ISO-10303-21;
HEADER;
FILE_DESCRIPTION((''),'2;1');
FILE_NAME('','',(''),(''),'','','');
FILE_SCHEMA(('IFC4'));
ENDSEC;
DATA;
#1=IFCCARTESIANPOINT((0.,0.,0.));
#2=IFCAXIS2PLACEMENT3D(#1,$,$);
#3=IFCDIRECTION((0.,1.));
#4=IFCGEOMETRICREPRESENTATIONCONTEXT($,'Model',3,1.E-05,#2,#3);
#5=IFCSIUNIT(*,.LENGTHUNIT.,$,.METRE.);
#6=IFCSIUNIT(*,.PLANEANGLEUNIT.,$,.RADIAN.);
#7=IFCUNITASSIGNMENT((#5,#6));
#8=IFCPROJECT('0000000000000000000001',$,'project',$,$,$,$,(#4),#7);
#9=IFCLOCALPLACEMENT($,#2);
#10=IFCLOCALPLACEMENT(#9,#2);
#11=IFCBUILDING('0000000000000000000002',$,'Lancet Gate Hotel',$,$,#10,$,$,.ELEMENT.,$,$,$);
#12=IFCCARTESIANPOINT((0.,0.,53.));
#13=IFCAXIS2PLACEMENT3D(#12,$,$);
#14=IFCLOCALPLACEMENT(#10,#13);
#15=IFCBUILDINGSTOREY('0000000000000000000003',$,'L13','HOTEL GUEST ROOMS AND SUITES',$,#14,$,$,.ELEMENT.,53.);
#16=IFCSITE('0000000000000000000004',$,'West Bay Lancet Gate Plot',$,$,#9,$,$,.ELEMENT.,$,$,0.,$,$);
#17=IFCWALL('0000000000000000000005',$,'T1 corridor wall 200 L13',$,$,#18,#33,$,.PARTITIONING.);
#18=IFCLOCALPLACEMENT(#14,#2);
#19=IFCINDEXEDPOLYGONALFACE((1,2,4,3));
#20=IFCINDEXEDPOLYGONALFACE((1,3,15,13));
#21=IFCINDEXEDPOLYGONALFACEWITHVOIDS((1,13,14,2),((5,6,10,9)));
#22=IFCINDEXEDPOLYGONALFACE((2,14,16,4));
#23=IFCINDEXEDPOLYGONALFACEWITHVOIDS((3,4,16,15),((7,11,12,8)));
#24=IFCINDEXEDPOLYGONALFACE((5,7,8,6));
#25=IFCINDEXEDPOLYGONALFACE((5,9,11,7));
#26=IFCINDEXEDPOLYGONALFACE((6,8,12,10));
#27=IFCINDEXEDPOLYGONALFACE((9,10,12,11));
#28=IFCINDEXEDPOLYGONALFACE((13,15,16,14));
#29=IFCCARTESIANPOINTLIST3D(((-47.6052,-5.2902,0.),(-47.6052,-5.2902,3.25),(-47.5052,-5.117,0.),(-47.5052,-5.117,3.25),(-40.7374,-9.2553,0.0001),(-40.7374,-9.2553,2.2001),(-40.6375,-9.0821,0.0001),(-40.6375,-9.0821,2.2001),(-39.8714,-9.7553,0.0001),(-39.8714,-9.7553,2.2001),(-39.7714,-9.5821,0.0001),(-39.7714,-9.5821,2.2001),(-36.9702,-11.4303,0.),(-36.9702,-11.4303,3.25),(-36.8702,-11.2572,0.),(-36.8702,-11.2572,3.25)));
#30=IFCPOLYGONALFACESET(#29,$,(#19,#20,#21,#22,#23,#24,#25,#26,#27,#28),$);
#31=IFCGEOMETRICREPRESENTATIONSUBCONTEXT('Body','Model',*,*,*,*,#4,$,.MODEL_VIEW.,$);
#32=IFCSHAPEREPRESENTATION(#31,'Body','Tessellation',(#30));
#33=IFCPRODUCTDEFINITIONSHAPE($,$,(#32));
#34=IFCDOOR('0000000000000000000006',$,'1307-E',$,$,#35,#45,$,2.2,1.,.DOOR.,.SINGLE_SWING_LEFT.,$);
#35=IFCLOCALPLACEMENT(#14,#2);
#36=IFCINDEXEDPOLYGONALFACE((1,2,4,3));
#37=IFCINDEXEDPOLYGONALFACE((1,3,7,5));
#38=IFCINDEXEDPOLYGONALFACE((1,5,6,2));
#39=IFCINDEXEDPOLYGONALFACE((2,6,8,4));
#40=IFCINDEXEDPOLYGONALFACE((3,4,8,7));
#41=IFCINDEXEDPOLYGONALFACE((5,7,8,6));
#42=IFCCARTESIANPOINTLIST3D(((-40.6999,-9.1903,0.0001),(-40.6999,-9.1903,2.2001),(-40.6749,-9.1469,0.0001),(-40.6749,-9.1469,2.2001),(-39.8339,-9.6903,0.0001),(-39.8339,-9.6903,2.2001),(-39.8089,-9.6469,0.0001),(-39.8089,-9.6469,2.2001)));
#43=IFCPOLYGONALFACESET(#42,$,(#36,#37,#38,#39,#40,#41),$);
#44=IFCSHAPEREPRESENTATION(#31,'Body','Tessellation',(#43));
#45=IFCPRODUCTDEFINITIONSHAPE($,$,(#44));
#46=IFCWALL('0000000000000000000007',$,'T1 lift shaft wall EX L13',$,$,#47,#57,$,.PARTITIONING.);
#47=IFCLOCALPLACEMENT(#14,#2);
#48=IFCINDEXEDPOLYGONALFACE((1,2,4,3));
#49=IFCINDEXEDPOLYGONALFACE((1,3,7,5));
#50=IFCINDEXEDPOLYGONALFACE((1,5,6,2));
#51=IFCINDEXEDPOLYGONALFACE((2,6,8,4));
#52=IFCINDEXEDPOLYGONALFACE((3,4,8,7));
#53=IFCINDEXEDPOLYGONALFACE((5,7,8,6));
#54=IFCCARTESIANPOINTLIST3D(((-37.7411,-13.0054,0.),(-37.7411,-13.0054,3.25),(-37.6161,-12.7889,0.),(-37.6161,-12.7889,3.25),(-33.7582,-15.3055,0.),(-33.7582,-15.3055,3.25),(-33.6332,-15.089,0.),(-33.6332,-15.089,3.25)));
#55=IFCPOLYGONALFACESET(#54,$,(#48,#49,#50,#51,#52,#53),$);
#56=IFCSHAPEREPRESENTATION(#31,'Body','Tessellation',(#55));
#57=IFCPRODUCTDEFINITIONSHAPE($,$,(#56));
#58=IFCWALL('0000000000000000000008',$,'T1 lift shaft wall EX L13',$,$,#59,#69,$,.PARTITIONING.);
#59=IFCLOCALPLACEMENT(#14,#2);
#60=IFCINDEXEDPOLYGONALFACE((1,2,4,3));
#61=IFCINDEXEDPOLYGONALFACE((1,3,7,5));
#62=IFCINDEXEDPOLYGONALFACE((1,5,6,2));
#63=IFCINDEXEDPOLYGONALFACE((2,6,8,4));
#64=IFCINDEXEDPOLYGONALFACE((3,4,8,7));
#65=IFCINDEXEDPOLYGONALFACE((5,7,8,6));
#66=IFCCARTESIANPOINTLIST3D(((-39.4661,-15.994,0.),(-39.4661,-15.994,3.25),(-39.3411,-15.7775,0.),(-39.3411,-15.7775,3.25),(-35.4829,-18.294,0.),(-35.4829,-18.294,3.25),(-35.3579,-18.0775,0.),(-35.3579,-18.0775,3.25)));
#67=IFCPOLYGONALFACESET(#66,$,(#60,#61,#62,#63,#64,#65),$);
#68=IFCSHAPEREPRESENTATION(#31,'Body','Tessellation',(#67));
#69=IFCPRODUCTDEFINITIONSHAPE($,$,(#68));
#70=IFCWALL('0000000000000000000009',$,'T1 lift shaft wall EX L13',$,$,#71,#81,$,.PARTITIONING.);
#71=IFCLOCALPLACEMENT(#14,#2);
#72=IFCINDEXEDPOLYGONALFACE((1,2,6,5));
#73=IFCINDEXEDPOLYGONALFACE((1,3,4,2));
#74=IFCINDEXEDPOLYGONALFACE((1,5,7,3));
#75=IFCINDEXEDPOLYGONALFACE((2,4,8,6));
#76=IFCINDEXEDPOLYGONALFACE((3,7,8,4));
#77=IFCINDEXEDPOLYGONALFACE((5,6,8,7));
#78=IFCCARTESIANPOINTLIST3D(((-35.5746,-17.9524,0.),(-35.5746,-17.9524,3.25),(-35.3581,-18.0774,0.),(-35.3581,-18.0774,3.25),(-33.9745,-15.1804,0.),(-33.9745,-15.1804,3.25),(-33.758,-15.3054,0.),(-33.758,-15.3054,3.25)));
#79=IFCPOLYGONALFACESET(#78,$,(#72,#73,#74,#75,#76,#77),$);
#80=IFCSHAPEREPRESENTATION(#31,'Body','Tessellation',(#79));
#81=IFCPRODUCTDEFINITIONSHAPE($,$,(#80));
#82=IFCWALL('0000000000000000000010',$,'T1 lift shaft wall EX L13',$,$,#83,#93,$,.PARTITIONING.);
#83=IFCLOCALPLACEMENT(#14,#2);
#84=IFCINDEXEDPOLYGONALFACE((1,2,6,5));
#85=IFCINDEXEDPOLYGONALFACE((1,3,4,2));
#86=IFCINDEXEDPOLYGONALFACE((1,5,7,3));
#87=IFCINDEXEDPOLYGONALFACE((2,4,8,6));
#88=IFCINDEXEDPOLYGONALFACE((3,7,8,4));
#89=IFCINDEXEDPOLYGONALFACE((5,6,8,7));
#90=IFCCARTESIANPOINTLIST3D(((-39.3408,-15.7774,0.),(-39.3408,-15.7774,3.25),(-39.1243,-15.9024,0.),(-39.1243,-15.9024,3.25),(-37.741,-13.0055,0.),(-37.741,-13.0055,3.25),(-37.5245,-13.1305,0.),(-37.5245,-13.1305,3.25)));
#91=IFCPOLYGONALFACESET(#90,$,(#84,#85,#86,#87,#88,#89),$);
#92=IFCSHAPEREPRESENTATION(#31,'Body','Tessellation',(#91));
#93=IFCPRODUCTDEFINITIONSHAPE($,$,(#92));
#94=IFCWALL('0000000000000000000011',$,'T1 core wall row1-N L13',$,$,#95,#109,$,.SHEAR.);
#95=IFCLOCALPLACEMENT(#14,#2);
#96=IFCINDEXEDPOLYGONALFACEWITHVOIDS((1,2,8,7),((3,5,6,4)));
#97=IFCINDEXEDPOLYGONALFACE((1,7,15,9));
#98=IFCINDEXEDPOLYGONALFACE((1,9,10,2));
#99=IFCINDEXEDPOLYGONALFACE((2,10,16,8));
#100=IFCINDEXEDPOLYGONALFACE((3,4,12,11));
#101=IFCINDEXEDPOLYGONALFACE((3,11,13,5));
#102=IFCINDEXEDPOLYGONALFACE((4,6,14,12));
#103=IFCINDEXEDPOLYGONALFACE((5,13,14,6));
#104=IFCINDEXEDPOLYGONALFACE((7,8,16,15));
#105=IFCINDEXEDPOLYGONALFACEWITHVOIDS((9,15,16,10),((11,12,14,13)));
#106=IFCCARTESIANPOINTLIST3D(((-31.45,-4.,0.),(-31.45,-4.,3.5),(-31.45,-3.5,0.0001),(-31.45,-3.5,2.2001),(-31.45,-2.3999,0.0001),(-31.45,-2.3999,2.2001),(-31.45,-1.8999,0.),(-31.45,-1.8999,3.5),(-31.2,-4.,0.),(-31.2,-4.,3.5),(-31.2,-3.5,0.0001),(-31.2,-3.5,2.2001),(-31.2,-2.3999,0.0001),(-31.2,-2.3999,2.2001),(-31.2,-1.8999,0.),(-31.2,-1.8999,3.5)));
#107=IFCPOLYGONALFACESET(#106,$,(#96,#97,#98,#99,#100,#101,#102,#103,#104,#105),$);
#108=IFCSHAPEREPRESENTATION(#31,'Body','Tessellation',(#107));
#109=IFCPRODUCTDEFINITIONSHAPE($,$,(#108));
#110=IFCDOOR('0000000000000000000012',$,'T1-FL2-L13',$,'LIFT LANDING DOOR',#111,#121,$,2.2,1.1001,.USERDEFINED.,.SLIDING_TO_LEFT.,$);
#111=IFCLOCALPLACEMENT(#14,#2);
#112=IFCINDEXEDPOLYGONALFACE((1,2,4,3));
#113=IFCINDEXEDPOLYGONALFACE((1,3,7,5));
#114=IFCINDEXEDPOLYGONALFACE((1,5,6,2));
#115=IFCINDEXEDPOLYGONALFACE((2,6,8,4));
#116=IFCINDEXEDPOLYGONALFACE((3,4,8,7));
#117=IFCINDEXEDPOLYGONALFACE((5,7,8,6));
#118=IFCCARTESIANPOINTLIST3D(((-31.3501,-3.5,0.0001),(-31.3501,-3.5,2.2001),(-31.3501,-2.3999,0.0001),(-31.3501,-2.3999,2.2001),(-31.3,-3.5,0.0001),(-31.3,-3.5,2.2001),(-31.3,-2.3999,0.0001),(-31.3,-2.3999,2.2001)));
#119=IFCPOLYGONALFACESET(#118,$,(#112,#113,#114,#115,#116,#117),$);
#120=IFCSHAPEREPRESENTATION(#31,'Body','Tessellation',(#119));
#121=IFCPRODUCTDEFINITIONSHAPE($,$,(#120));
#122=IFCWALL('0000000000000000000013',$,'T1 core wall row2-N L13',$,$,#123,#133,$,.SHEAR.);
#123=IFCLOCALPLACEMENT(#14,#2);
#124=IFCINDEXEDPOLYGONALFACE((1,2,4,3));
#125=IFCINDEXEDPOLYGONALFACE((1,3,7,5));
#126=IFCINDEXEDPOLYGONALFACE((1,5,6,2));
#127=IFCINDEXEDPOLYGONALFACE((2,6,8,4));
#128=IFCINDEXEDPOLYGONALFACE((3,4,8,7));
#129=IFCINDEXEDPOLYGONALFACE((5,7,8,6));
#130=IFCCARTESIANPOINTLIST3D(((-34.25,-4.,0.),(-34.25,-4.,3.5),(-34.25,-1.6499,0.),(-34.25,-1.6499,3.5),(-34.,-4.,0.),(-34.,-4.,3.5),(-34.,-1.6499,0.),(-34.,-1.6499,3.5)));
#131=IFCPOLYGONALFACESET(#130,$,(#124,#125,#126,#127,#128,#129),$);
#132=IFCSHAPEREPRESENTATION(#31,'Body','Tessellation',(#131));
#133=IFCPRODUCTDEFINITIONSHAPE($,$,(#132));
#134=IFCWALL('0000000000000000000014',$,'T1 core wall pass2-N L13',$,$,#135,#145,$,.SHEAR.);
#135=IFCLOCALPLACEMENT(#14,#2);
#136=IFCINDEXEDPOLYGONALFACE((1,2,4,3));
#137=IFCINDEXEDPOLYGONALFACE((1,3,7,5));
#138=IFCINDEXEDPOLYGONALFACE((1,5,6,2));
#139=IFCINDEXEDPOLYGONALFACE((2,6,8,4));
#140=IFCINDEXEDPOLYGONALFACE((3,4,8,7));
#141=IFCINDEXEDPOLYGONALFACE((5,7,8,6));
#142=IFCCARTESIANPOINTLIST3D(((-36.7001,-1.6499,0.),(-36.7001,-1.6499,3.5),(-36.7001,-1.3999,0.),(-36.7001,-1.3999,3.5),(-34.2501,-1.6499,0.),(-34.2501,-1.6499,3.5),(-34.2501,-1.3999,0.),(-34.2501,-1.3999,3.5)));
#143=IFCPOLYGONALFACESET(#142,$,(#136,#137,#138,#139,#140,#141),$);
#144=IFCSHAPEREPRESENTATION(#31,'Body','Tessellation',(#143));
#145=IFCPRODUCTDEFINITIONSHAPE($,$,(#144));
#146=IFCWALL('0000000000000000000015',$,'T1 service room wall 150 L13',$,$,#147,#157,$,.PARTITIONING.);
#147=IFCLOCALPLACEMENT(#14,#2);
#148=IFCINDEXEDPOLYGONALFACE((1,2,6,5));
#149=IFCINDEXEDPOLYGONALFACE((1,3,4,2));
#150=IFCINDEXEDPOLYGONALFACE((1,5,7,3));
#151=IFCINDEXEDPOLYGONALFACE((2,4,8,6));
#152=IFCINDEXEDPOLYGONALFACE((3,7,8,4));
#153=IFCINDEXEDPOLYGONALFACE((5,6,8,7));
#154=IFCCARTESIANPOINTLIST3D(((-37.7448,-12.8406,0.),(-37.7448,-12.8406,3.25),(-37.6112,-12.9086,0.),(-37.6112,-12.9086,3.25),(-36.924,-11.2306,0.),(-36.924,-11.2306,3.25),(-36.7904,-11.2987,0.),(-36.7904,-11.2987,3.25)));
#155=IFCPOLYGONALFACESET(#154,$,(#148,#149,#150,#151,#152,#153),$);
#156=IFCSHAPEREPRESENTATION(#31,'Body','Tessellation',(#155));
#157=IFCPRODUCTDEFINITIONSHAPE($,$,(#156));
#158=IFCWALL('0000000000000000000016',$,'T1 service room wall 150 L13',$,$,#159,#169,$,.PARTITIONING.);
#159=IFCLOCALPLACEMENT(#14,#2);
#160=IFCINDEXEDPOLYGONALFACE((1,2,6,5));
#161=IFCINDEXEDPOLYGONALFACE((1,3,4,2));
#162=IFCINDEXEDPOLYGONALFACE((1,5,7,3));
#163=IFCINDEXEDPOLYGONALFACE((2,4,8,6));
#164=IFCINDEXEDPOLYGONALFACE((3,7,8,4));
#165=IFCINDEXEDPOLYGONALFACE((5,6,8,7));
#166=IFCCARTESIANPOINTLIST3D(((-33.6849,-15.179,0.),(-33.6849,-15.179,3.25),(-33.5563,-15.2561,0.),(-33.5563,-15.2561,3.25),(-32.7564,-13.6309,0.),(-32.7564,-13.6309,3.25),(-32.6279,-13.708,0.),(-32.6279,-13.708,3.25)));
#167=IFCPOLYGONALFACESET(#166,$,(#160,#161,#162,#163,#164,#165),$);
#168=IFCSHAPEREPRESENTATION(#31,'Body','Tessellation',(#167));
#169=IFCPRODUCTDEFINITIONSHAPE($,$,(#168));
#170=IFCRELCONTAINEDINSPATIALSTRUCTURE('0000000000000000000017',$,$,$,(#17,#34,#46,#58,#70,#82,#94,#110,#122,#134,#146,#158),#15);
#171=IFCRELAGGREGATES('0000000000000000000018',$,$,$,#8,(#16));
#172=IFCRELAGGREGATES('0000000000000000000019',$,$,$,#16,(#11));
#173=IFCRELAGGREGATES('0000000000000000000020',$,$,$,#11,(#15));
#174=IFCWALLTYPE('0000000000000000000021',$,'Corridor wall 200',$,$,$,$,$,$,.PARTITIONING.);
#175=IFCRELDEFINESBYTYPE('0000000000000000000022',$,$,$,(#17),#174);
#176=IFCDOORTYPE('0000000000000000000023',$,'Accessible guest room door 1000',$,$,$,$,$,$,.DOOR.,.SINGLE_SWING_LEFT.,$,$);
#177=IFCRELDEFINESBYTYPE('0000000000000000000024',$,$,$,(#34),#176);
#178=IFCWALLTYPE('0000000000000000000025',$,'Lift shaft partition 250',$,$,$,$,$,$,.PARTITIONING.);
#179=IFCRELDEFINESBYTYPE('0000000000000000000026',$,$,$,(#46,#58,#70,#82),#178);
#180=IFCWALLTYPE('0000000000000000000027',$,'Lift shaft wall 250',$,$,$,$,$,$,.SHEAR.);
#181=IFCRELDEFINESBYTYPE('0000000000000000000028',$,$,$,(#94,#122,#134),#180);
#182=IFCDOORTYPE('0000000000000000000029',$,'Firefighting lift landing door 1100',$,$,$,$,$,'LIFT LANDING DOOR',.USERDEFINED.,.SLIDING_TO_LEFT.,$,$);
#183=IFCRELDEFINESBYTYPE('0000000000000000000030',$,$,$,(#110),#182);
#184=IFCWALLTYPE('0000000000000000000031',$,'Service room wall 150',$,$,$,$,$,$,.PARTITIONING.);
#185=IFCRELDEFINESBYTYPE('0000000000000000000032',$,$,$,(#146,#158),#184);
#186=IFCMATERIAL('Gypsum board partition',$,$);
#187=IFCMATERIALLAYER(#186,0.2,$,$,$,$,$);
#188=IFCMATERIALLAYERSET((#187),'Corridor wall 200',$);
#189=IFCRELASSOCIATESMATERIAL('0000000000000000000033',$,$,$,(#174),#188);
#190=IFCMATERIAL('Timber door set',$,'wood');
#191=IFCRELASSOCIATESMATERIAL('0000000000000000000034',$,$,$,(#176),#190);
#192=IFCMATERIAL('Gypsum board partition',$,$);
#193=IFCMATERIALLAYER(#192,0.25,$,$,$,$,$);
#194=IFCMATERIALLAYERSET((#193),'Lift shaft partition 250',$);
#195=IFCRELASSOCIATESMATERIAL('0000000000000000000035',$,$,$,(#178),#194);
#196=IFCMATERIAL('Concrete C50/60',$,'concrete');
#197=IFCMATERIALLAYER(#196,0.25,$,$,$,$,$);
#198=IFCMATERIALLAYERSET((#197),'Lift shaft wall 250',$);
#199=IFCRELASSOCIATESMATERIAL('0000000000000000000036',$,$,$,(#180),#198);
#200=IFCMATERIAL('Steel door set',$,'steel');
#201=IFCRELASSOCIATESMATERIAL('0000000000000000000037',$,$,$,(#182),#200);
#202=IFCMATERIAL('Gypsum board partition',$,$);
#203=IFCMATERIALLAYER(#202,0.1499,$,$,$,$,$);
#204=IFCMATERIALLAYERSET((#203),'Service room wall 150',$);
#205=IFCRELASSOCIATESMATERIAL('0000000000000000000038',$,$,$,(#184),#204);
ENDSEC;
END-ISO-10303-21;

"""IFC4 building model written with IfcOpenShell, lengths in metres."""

from ifc_helpers import new_model, si_unit, direction, frame, frame_2d, origin, place, context, subcontext, project, spatial, rectangle, extrude, material, layer, layer_set, type_object, element, fill, save


model = new_model("IFC4")

# Units and contexts
model_context = context("Model", 3, precision=1e-05, world=origin(), true_north=direction((0.0, 1.0)))
body_context = subcontext(model_context, "Body", "Model", "MODEL_VIEW")
ifc_project = project(units=[si_unit("LENGTHUNIT", "METRE"), si_unit("PLANEANGLEUNIT", "RADIAN")], contexts=[model_context])

# Site, building, storey
site_placement = place(None, origin())
site = spatial("IfcSite", under=ifc_project, at=site_placement, Name="West Bay Lancet Gate Plot", CompositionType="ELEMENT", RefElevation=0.0)
building_placement = place(site_placement, origin())
building = spatial("IfcBuilding", under=site, at=building_placement, Name="Lancet Gate Hotel", CompositionType="ELEMENT")
storey_placement = place(building_placement, frame((0.0, 0.0, 53.0)))
storey = spatial("IfcBuildingStorey", under=building, at=storey_placement, Name="L13", Description="HOTEL GUEST ROOMS AND SUITES", CompositionType="ELEMENT", Elevation=53.0)

# Wall, opening, door
ifc_material_1 = material(Name="Gypsum board partition")
ifc_layer_1 = layer(ifc_material_1, 0.2)
ifc_layer_set_1 = layer_set([ifc_layer_1], Name="Corridor wall 200")
wall_type_1 = type_object("IfcWallType", Name="Corridor wall 200", PredefinedType="PARTITIONING", material=ifc_layer_set_1)
wall_1_placement = place(storey_placement, frame((-36.9202, -11.3438, 0.0), z_axis=(0.0, 0.0, 1.0), x_axis=(-0.866025, 0.500001, 0.0)))
wall_1 = element("IfcWall", 1, at=wall_1_placement, inside=storey, type_object=wall_type_1, Name="T1 corridor wall 200 L13", PredefinedType="PARTITIONING", context=body_context, shape_type="SweptSolid", body=[
    extrude(rectangle(XDim=12.2803, YDim=0.2, at=frame_2d((6.1401, 0.0))), origin(), (0.0, 0.0, 1.0), 3.25),
])
opening_1_placement = place(wall_1_placement, frame((3.3501, 0.0, 0.0)))
opening_1 = element("IfcOpeningElement", 2, at=opening_1_placement, cuts=wall_1, PredefinedType="OPENING", context=body_context, shape_type="SweptSolid", body=[
    extrude(rectangle(XDim=1.0, YDim=2.2, at=frame_2d((0.5, 1.1001))), frame((0.0, 0.1099, 0.0), z_axis=(0.0, -1.0, 0.0), x_axis=(1.0, 0.0, 0.0)), (0.0, 0.0, 1.0), 0.22),
])
ifc_material_2 = material(Name="Timber door set", Category="wood")
door_type_1 = type_object("IfcDoorType", Name="Accessible guest room door 1000", OperationType="SINGLE_SWING_LEFT", PredefinedType="DOOR", material=ifc_material_2)
door_1_placement = place(opening_1_placement, origin())
door_1 = element("IfcDoor", 3, at=door_1_placement, inside=storey, type_object=door_type_1, Name="1307-E", OperationType="SINGLE_SWING_LEFT", OverallHeight=2.2, OverallWidth=1.0, PredefinedType="DOOR", context=body_context, shape_type="SweptSolid", body=[
    extrude(rectangle(XDim=1.0, YDim=2.2, at=frame_2d((0.5, 1.1001))), frame((0.0, 0.0249, 0.0), z_axis=(0.0, -1.0, 0.0), x_axis=(1.0, 0.0, 0.0)), (0.0, 0.0, 1.0), 0.05),
])
fill(opening_1, door_1)

# Walls
ifc_material_3 = material(Name="Gypsum board partition")
ifc_layer_2 = layer(ifc_material_3, 0.25)
ifc_layer_set_2 = layer_set([ifc_layer_2], Name="Lift shaft partition 250")
wall_type_2 = type_object("IfcWallType", Name="Lift shaft partition 250", PredefinedType="PARTITIONING", material=ifc_layer_set_2)
wall_2_placement = place(storey_placement, frame((-33.6956, -15.1973, 0.0), z_axis=(0.0, 0.0, 1.0), x_axis=(-0.865977, 0.500084, 0.0)))
element("IfcWall", 4, at=wall_2_placement, inside=storey, type_object=wall_type_2, Name="T1 lift shaft wall EX L13", PredefinedType="PARTITIONING", context=body_context, shape_type="SweptSolid", body=[
    extrude(rectangle(XDim=4.5994, YDim=0.25, at=frame_2d((2.2998, 0.0))), origin(), (0.0, 0.0, 1.0), 3.25),
])
wall_3_placement = place(storey_placement, frame((-35.4204, -18.1858, 0.0), z_axis=(0.0, 0.0, 1.0), x_axis=(-0.86599, 0.500061, 0.0)))
element("IfcWall", 5, at=wall_3_placement, inside=storey, type_object=wall_type_2, Name="T1 lift shaft wall EX L13", PredefinedType="PARTITIONING", context=body_context, shape_type="SweptSolid", body=[
    extrude(rectangle(XDim=4.5996, YDim=0.25, at=frame_2d((2.2998, 0.0))), origin(), (0.0, 0.0, 1.0), 3.25),
])
wall_4_placement = place(storey_placement, frame((-33.8662, -15.2429, 0.0), z_axis=(0.0, 0.0, 1.0), x_axis=(-0.499929, -0.866066, 0.0)))
element("IfcWall", 6, at=wall_4_placement, inside=storey, type_object=wall_type_2, Name="T1 lift shaft wall EX L13", PredefinedType="PARTITIONING", context=body_context, shape_type="SweptSolid", body=[
    extrude(rectangle(XDim=3.2007, YDim=0.25, at=frame_2d((1.6003, 0.0))), origin(), (0.0, 0.0, 1.0), 3.25),
])
wall_5_placement = place(storey_placement, frame((-37.6328, -13.0681, 0.0), z_axis=(0.0, 0.0, 1.0), x_axis=(-0.499872, -0.866099, 0.0)))
element("IfcWall", 7, at=wall_5_placement, inside=storey, type_object=wall_type_2, Name="T1 lift shaft wall EX L13", PredefinedType="PARTITIONING", context=body_context, shape_type="SweptSolid", body=[
    extrude(rectangle(XDim=3.2004, YDim=0.25, at=frame_2d((1.6001, 0.0))), origin(), (0.0, 0.0, 1.0), 3.25),
])

# Wall, opening, door
ifc_material_4 = material(Name="Concrete C50/60", Category="concrete")
ifc_layer_3 = layer(ifc_material_4, 0.25)
ifc_layer_set_3 = layer_set([ifc_layer_3], Name="Lift shaft wall 250")
wall_type_3 = type_object("IfcWallType", Name="Lift shaft wall 250", PredefinedType="SHEAR", material=ifc_layer_set_3)
wall_6_placement = place(storey_placement, frame((-31.325, -1.8999, 0.0), z_axis=(0.0, 0.0, 1.0), x_axis=(0.0, -1.0, 0.0)))
wall_6 = element("IfcWall", 8, at=wall_6_placement, inside=storey, type_object=wall_type_3, Name="T1 core wall row1-N L13", PredefinedType="SHEAR", context=body_context, shape_type="SweptSolid", body=[
    extrude(rectangle(XDim=2.1001, YDim=0.25, at=frame_2d((1.05, 0.0))), origin(), (0.0, 0.0, 1.0), 3.5),
])
opening_2_placement = place(wall_6_placement, frame((0.5, 0.0, 0.0)))
opening_2 = element("IfcOpeningElement", 9, at=opening_2_placement, cuts=wall_6, PredefinedType="OPENING", context=body_context, shape_type="SweptSolid", body=[
    extrude(rectangle(XDim=1.1001, YDim=2.2, at=frame_2d((0.55, 1.1001))), frame((0.0, 0.135, 0.0), z_axis=(0.0, -1.0, 0.0), x_axis=(1.0, 0.0, 0.0)), (0.0, 0.0, 1.0), 0.27),
])
ifc_material_5 = material(Name="Steel door set", Category="steel")
door_type_2 = type_object("IfcDoorType", Name="Firefighting lift landing door 1100", ElementType="LIFT LANDING DOOR", OperationType="SLIDING_TO_LEFT", PredefinedType="USERDEFINED", material=ifc_material_5)
door_2_placement = place(opening_2_placement, origin())
door_2 = element("IfcDoor", 10, at=door_2_placement, inside=storey, type_object=door_type_2, Name="T1-FL2-L13", ObjectType="LIFT LANDING DOOR", OperationType="SLIDING_TO_LEFT", OverallHeight=2.2, OverallWidth=1.1001, PredefinedType="USERDEFINED", context=body_context, shape_type="SweptSolid", body=[
    extrude(rectangle(XDim=1.1001, YDim=2.2, at=frame_2d((0.55, 1.1001))), frame((0.0, 0.0249, 0.0), z_axis=(0.0, -1.0, 0.0), x_axis=(1.0, 0.0, 0.0)), (0.0, 0.0, 1.0), 0.05),
])
fill(opening_2, door_2)

# Walls
wall_7_placement = place(storey_placement, frame((-34.125, -1.6499, 0.0), z_axis=(0.0, 0.0, 1.0), x_axis=(0.0, -1.0, 0.0)))
element("IfcWall", 11, at=wall_7_placement, inside=storey, type_object=wall_type_3, Name="T1 core wall row2-N L13", PredefinedType="SHEAR", context=body_context, shape_type="SweptSolid", body=[
    extrude(rectangle(XDim=2.3501, YDim=0.25, at=frame_2d((1.175, 0.0))), origin(), (0.0, 0.0, 1.0), 3.5),
])
wall_8_placement = place(storey_placement, frame((-34.25, -1.5249, 0.0), z_axis=(0.0, 0.0, 1.0), x_axis=(-1.0, 0.0, 0.0)))
element("IfcWall", 12, at=wall_8_placement, inside=storey, type_object=wall_type_3, Name="T1 core wall pass2-N L13", PredefinedType="SHEAR", context=body_context, shape_type="SweptSolid", body=[
    extrude(rectangle(XDim=2.45, YDim=0.25, at=frame_2d((1.2251, 0.0))), origin(), (0.0, 0.0, 1.0), 3.5),
])
ifc_material_6 = material(Name="Gypsum board partition")
ifc_layer_4 = layer(ifc_material_6, 0.1499)
ifc_layer_set_4 = layer_set([ifc_layer_4], Name="Service room wall 150")
wall_type_4 = type_object("IfcWallType", Name="Service room wall 150", PredefinedType="PARTITIONING", material=ifc_layer_set_4)
wall_9_placement = place(storey_placement, frame((-36.8572, -11.2646, 0.0), z_axis=(0.0, 0.0, 1.0), x_axis=(-0.454225, -0.890887, 0.0)))
element("IfcWall", 13, at=wall_9_placement, inside=storey, type_object=wall_type_4, Name="T1 service room wall 150 L13", PredefinedType="PARTITIONING", context=body_context, shape_type="SweptSolid", body=[
    extrude(rectangle(XDim=1.8071, YDim=0.1499, at=frame_2d((0.9036, 0.0))), origin(), (0.0, 0.0, 1.0), 3.25),
])
wall_10_placement = place(storey_placement, frame((-33.6206, -15.2175, 0.0), z_axis=(0.0, 0.0, 1.0), x_axis=(0.514337, 0.857588, 0.0)))
element("IfcWall", 14, at=wall_10_placement, inside=storey, type_object=wall_type_4, Name="T1 service room wall 150 L13", PredefinedType="PARTITIONING", context=body_context, shape_type="SweptSolid", body=[
    extrude(rectangle(XDim=1.8052, YDim=0.1499, at=frame_2d((0.9026, 0.0))), origin(), (0.0, 0.0, 1.0), 3.25),
])

save(model, "model.ifc")
